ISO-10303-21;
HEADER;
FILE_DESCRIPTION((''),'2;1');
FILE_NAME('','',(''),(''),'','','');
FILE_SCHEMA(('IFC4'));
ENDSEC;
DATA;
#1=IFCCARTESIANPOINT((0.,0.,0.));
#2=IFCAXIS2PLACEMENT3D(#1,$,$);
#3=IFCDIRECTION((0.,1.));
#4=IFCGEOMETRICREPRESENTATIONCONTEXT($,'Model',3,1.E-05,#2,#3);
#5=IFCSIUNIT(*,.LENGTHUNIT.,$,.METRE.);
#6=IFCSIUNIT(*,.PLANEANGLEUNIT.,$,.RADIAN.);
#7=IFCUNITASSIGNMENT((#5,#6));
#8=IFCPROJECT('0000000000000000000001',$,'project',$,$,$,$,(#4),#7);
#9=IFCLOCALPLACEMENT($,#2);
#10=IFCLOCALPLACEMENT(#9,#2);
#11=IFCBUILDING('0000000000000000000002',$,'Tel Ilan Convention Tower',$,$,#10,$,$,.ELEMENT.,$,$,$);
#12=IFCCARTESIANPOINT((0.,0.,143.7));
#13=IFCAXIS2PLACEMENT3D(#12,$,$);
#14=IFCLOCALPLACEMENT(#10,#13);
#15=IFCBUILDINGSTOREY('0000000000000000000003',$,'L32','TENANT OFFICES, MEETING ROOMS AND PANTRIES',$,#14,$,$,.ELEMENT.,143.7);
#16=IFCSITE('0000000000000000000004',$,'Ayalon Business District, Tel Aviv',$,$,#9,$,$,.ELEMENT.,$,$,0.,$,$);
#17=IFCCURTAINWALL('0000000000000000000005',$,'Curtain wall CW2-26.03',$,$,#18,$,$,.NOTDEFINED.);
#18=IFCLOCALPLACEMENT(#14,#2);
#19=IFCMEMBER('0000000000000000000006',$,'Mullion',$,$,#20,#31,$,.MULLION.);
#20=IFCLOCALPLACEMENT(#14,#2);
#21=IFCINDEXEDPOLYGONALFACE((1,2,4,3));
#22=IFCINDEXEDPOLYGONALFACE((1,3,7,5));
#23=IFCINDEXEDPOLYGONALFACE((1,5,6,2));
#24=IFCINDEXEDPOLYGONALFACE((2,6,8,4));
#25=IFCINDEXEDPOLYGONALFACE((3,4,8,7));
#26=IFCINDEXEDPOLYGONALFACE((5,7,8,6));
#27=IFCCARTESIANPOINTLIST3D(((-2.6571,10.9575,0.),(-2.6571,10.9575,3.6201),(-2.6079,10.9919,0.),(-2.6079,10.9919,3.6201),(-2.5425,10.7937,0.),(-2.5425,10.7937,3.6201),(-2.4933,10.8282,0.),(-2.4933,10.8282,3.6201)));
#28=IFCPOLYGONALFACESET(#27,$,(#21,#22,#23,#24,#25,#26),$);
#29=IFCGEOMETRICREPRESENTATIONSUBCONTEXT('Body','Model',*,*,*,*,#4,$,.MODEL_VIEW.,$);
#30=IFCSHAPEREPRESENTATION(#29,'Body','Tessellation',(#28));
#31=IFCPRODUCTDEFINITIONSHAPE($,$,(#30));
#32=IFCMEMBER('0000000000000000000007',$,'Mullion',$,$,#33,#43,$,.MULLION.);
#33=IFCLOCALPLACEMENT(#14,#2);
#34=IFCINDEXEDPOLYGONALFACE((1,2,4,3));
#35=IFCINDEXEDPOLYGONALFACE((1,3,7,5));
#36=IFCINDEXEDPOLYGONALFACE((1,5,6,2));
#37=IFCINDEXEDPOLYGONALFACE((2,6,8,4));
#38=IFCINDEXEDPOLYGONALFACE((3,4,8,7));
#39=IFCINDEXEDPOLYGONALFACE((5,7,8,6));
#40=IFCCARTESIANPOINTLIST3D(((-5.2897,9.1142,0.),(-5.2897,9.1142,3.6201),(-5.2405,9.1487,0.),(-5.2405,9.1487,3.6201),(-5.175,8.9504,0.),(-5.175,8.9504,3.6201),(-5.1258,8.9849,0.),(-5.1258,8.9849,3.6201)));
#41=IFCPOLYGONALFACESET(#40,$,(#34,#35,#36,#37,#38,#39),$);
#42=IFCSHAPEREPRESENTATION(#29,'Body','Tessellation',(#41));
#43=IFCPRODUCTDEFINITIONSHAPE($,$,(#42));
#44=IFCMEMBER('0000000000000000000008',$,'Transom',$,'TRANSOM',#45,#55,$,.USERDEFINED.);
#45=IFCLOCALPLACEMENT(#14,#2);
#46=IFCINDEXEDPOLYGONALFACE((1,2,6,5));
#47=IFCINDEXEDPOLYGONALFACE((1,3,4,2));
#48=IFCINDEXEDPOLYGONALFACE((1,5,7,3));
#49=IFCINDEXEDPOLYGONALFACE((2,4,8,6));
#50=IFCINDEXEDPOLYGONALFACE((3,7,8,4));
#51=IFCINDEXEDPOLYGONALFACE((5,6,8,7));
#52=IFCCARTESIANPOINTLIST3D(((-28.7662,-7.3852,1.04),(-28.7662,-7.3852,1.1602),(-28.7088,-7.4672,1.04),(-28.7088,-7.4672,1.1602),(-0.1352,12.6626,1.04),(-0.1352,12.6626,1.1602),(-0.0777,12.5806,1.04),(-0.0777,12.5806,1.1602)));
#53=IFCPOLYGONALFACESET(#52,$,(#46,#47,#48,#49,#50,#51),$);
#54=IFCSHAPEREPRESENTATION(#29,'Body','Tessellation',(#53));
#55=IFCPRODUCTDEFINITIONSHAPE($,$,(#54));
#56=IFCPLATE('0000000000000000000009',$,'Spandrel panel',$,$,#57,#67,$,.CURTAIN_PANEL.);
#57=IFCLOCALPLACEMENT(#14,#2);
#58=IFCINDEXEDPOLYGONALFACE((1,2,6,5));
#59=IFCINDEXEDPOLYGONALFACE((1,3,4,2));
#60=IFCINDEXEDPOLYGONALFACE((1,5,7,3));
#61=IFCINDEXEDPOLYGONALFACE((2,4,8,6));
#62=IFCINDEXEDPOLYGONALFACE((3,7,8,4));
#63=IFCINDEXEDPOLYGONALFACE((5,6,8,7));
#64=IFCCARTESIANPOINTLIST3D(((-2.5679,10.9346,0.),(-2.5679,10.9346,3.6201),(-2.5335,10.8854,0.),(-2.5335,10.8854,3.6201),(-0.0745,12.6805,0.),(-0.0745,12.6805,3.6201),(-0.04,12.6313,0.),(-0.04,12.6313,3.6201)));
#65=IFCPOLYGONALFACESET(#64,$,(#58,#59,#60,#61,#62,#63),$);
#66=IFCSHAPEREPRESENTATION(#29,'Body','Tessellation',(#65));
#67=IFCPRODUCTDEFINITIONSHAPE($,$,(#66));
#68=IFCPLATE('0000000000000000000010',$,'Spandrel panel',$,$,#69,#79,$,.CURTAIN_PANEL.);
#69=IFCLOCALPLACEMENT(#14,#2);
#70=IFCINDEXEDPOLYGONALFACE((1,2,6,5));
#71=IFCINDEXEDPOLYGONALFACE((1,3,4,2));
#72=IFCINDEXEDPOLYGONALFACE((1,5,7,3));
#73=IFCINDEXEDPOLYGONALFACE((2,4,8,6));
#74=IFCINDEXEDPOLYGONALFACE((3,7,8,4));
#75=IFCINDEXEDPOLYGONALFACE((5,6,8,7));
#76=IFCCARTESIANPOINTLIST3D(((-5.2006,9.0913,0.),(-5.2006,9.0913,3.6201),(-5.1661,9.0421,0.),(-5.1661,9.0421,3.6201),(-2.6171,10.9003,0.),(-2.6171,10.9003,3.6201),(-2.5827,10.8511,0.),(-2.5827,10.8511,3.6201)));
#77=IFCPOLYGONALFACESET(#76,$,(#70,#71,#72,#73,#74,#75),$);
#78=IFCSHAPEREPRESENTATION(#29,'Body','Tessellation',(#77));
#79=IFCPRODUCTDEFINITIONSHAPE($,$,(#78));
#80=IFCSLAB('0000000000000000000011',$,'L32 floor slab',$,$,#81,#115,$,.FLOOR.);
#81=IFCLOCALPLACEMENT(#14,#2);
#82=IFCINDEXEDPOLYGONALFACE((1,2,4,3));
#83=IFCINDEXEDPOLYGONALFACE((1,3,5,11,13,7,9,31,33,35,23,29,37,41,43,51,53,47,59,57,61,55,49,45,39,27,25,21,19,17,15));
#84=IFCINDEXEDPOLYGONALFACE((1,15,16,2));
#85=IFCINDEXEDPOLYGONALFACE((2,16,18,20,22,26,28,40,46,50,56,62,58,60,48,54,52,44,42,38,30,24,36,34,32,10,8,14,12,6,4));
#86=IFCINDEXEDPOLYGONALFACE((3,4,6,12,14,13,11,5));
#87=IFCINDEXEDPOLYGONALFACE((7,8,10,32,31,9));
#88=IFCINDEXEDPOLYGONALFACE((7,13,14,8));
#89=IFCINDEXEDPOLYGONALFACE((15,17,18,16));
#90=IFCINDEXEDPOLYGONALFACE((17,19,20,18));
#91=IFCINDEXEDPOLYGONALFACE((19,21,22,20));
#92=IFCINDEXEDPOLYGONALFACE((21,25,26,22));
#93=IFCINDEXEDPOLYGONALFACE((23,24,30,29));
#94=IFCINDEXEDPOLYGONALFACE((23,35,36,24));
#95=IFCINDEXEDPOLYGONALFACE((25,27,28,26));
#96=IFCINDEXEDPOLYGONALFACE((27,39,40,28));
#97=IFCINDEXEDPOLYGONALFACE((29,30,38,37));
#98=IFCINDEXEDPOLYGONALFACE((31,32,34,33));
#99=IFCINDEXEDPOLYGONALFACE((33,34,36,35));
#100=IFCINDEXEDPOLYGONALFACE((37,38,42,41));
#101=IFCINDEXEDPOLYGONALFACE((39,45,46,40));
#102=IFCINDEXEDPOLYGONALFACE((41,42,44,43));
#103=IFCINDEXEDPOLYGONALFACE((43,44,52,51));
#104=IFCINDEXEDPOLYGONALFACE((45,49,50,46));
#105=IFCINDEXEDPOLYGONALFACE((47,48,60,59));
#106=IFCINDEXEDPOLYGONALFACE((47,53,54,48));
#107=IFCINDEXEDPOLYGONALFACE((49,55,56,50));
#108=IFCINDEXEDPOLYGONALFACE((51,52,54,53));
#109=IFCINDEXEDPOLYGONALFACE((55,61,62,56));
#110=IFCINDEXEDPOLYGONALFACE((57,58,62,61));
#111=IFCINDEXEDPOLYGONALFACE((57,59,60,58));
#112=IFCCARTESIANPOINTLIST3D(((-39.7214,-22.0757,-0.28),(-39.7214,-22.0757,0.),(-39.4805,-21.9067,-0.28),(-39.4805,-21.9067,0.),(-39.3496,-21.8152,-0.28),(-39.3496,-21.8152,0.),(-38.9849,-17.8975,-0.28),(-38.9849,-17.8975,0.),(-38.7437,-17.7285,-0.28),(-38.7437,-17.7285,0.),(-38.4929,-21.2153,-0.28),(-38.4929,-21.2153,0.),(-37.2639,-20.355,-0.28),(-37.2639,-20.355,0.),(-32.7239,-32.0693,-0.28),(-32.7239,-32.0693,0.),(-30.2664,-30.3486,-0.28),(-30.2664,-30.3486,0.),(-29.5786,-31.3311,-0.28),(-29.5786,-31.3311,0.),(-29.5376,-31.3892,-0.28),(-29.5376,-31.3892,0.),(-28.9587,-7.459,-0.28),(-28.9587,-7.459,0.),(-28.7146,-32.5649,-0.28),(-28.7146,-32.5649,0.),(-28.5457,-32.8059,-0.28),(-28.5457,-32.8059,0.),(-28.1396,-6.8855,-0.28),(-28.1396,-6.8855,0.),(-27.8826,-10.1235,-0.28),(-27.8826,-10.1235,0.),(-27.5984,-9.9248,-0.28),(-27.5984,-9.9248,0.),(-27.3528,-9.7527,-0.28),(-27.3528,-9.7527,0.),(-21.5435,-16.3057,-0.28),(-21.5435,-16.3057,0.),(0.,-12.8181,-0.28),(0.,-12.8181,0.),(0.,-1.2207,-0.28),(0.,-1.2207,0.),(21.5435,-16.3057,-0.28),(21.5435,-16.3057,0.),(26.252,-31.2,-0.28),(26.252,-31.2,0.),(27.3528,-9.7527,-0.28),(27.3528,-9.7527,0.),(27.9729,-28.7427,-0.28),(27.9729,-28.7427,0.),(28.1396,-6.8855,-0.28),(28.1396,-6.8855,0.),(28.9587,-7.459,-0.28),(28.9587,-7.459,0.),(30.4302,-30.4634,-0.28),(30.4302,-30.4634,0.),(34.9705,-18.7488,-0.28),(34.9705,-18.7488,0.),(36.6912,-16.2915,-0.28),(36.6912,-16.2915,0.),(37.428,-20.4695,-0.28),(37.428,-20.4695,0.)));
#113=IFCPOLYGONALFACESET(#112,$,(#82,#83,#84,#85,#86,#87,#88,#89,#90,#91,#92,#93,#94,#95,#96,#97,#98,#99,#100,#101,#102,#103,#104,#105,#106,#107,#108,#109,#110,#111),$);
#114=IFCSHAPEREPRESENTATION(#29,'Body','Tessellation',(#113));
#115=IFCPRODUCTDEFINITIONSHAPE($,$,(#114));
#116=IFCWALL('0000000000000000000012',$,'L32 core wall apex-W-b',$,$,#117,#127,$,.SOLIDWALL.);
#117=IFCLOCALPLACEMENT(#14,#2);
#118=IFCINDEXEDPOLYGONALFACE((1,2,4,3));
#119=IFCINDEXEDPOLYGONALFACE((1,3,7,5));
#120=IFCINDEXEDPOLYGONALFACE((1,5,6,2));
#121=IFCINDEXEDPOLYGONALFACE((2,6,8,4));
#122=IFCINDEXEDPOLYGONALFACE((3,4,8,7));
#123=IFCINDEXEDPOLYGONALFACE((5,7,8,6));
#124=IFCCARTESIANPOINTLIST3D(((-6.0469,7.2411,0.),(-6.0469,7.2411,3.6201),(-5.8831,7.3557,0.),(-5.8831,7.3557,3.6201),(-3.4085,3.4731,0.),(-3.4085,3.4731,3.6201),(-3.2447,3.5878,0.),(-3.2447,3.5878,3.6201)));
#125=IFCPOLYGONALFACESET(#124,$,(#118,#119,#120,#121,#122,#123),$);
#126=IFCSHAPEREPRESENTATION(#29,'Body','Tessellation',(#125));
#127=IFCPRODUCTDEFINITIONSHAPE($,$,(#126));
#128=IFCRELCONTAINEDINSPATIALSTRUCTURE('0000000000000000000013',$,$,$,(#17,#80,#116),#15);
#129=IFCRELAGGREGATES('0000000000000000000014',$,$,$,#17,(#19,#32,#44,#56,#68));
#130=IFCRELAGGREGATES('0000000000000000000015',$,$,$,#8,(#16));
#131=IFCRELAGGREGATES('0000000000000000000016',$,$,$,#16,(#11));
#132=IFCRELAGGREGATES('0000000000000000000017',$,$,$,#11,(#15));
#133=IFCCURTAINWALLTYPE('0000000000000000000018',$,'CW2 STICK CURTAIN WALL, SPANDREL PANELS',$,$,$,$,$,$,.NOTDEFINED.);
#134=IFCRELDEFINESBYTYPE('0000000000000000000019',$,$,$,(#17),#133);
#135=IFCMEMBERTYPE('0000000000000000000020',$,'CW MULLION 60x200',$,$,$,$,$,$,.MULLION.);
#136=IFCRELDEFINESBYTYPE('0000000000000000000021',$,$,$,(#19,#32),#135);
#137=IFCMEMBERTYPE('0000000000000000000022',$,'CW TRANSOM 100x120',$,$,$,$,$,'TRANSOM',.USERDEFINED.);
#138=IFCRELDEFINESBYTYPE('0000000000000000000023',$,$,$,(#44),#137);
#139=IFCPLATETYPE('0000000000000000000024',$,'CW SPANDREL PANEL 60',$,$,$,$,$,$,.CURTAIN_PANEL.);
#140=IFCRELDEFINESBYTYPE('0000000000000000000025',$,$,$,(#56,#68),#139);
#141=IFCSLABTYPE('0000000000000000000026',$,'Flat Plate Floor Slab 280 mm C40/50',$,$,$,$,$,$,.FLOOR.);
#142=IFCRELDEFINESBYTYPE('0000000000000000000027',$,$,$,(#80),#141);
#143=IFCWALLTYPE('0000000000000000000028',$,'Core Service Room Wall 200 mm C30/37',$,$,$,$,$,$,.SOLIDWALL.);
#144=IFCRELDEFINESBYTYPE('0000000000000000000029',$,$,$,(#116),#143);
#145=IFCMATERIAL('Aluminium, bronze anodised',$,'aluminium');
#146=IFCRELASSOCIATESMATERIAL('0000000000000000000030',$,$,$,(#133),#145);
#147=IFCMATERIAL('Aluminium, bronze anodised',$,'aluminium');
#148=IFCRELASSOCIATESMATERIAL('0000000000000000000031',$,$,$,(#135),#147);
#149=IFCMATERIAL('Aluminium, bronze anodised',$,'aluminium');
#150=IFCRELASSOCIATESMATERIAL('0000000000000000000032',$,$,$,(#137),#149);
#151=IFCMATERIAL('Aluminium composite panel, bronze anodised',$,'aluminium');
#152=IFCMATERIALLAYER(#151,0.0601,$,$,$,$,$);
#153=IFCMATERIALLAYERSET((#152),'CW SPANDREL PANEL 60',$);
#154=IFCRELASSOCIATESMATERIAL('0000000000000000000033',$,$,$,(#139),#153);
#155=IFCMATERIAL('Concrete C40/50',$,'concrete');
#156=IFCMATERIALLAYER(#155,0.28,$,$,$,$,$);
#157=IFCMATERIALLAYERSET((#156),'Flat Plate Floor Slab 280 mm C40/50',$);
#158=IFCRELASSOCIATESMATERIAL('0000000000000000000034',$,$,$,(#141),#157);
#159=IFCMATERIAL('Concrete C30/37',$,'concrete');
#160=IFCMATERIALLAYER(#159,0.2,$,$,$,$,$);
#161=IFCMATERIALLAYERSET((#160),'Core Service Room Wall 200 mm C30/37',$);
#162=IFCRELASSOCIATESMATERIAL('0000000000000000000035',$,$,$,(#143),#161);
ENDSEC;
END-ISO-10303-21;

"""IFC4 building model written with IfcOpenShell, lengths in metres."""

from ifc_helpers import new_model, si_unit, direction, frame, frame_2d, origin, origin_2d, place, context, subcontext, project, spatial, polyline, rectangle, outline, extrude, material, layer, layer_set, material_profile, profile_set, type_object, element, aggregate, save


model = new_model("IFC4")

# Units and contexts
model_context = context("Model", 3, precision=1e-05, world=origin(), true_north=direction((0.0, 1.0)))
body_context = subcontext(model_context, "Body", "Model", "MODEL_VIEW")
ifc_project = project(units=[si_unit("LENGTHUNIT", "METRE"), si_unit("PLANEANGLEUNIT", "RADIAN")], contexts=[model_context])

# Site, building, storey
site_placement = place(None, origin())
site = spatial("IfcSite", under=ifc_project, at=site_placement, Name="Ayalon Business District, Tel Aviv", CompositionType="ELEMENT", RefElevation=0.0)
building_placement = place(site_placement, origin())
building = spatial("IfcBuilding", under=site, at=building_placement, Name="Tel Ilan Convention Tower", CompositionType="ELEMENT")
storey_placement = place(building_placement, frame((0.0, 0.0, 143.7)))
storey = spatial("IfcBuildingStorey", under=building, at=storey_placement, Name="L32", Description="TENANT OFFICES, MEETING ROOMS AND PANTRIES", CompositionType="ELEMENT", Elevation=143.7)

# Curtain wall, members, plates
ifc_material_1 = material(Name="Aluminium, bronze anodised", Category="aluminium")
curtain_wall_type = type_object("IfcCurtainWallType", Name="CW2 STICK CURTAIN WALL, SPANDREL PANELS", PredefinedType="NOTDEFINED", material=ifc_material_1)
curtain_wall_placement = place(storey_placement, origin())
curtain_wall = element("IfcCurtainWall", 1, at=curtain_wall_placement, inside=storey, type_object=curtain_wall_type, Name="Curtain wall CW2-26.03", PredefinedType="NOTDEFINED")
ifc_material_2 = material(Name="Aluminium, bronze anodised", Category="aluminium")
ifc_material_profile_1 = material_profile(ifc_material_2, rectangle(XDim=0.0601, YDim=0.2, at=origin_2d()), Name="CW MULLION 60x200")
ifc_profile_set_1 = profile_set([ifc_material_profile_1], Name="Aluminium, bronze anodised")
member_type_1 = type_object("IfcMemberType", Name="CW MULLION 60x200", PredefinedType="MULLION", material=ifc_profile_set_1)
member_1_placement = place(storey_placement, frame((-2.5752, 10.8928, 0.0), z_axis=(0.0, 0.0, 1.0), x_axis=(-0.819152, -0.573576, 0.0)))
member_1 = element("IfcMember", 2, at=member_1_placement, type_object=member_type_1, Name="Mullion", PredefinedType="MULLION", context=body_context, shape_type="SweptSolid", body=[
    extrude(rectangle(XDim=0.0601, YDim=0.2, at=origin_2d()), origin(), (0.0, 0.0, 1.0), 3.6201),
])
member_2_placement = place(storey_placement, frame((-5.2078, 9.0496, 0.0), z_axis=(0.0, 0.0, 1.0), x_axis=(-0.819152, -0.573576, 0.0)))
member_2 = element("IfcMember", 3, at=member_2_placement, type_object=member_type_1, Name="Mullion", PredefinedType="MULLION", context=body_context, shape_type="SweptSolid", body=[
    extrude(rectangle(XDim=0.0601, YDim=0.2, at=origin_2d()), origin(), (0.0, 0.0, 1.0), 3.6201),
])
ifc_material_3 = material(Name="Aluminium, bronze anodised", Category="aluminium")
ifc_material_profile_2 = material_profile(ifc_material_3, rectangle(XDim=0.1001, YDim=0.1201, at=origin_2d()), Name="CW TRANSOM 100x120")
ifc_profile_set_2 = profile_set([ifc_material_profile_2], Name="Aluminium, bronze anodised")
member_type_2 = type_object("IfcMemberType", Name="CW TRANSOM 100x120", ElementType="TRANSOM", PredefinedType="USERDEFINED", material=ifc_profile_set_2)
member_3_placement = place(storey_placement, frame((-0.1064, 12.6216, 1.1001), z_axis=(-0.81915, -0.573579, 0.0), x_axis=(0.573579, -0.81915, 0.0)))
member_3 = element("IfcMember", 4, at=member_3_placement, type_object=member_type_2, Name="Transom", ObjectType="TRANSOM", PredefinedType="USERDEFINED", context=body_context, shape_type="SweptSolid", body=[
    extrude(rectangle(XDim=0.1001, YDim=0.1201, at=origin_2d()), origin(), (0.0, 0.0, 1.0), 34.9521),
])
ifc_material_4 = material(Name="Aluminium composite panel, bronze anodised", Category="aluminium")
ifc_layer_1 = layer(ifc_material_4, 0.0601)
ifc_layer_set_1 = layer_set([ifc_layer_1], Name="CW SPANDREL PANEL 60")
plate_type = type_object("IfcPlateType", Name="CW SPANDREL PANEL 60", PredefinedType="CURTAIN_PANEL", material=ifc_layer_set_1)
plate_1_placement = place(storey_placement, frame((-1.304, 11.783, 0.0), z_axis=(0.0, 0.0, 1.0), x_axis=(-0.819152, -0.573576, 0.0)))
plate_1 = element("IfcPlate", 5, at=plate_1_placement, type_object=plate_type, Name="Spandrel panel", PredefinedType="CURTAIN_PANEL", context=body_context, shape_type="SweptSolid", body=[
    extrude(rectangle(XDim=3.0439, YDim=0.0601, at=origin_2d()), origin(), (0.0, 0.0, 1.0), 3.6201),
])
plate_2_placement = place(storey_placement, frame((-3.8916, 9.9712, 0.0), z_axis=(0.0, 0.0, 1.0), x_axis=(-0.819152, -0.573576, 0.0)))
plate_2 = element("IfcPlate", 6, at=plate_2_placement, type_object=plate_type, Name="Spandrel panel", PredefinedType="CURTAIN_PANEL", context=body_context, shape_type="SweptSolid", body=[
    extrude(rectangle(XDim=3.1538, YDim=0.0601, at=origin_2d()), origin(), (0.0, 0.0, 1.0), 3.6201),
])
aggregate(curtain_wall, [member_1, member_2, member_3, plate_1, plate_2])

# Slab
ifc_material_5 = material(Name="Concrete C40/50", Category="concrete")
ifc_layer_2 = layer(ifc_material_5, 0.28)
ifc_layer_set_2 = layer_set([ifc_layer_2], Name="Flat Plate Floor Slab 280 mm C40/50")
slab_type_1 = type_object("IfcSlabType", Name="Flat Plate Floor Slab 280 mm C40/50", PredefinedType="FLOOR", material=ifc_layer_set_2)
slab_1_placement = place(storey_placement, frame((0.0, 0.0, -0.28)))
element("IfcSlab", 7, at=slab_1_placement, inside=storey, type_object=slab_type_1, Name="L32 floor slab", PredefinedType="FLOOR", context=body_context, shape_type="SweptSolid", body=[
    extrude(outline(polyline([(34.9705, -18.7488), (37.428, -20.4695), (30.4302, -30.4634), (27.9729, -28.7427), (26.252, -31.2), (0.0, -12.8181), (-28.5457, -32.8059), (-28.7146, -32.5649), (-29.5376, -31.3892), (-29.5786, -31.3311), (-30.2664, -30.3486), (-32.7239, -32.0693), (-39.7214, -22.0757), (-39.4805, -21.9067), (-39.3496, -21.8152), (-38.4929, -21.2153), (-37.2639, -20.355), (-38.9849, -17.8975), (-38.7437, -17.7285), (-27.8826, -10.1235), (-27.5984, -9.9248), (-27.3528, -9.7527), (-28.9587, -7.459), (-28.1396, -6.8855), (-21.5435, -16.3057), (0.0, -1.2207), (21.5435, -16.3057), (28.1396, -6.8855), (28.9587, -7.459), (27.3528, -9.7527), (36.6912, -16.2915), (34.9705, -18.7488)])), origin(), (0.0, 0.0, 1.0), 0.28),
])

# Wall
ifc_material_6 = material(Name="Concrete C30/37", Category="concrete")
ifc_layer_3 = layer(ifc_material_6, 0.2)
ifc_layer_set_3 = layer_set([ifc_layer_3], Name="Core Service Room Wall 200 mm C30/37")
wall_type_1 = type_object("IfcWallType", Name="Core Service Room Wall 200 mm C30/37", PredefinedType="SOLIDWALL", material=ifc_layer_set_3)
wall_1_placement = place(storey_placement, frame((-3.3267, 3.5305, 0.0), z_axis=(0.0, 0.0, 1.0), x_axis=(-0.573576, 0.819152, 0.0)))
element("IfcWall", 8, at=wall_1_placement, inside=storey, type_object=wall_type_1, Name="L32 core wall apex-W-b", PredefinedType="SOLIDWALL", context=body_context, shape_type="SweptSolid", body=[
    extrude(rectangle(XDim=4.5999, YDim=0.2, at=frame_2d((2.2998, 0.0))), origin(), (0.0, 0.0, 1.0), 3.6201),
])

save(model, "model.ifc")
